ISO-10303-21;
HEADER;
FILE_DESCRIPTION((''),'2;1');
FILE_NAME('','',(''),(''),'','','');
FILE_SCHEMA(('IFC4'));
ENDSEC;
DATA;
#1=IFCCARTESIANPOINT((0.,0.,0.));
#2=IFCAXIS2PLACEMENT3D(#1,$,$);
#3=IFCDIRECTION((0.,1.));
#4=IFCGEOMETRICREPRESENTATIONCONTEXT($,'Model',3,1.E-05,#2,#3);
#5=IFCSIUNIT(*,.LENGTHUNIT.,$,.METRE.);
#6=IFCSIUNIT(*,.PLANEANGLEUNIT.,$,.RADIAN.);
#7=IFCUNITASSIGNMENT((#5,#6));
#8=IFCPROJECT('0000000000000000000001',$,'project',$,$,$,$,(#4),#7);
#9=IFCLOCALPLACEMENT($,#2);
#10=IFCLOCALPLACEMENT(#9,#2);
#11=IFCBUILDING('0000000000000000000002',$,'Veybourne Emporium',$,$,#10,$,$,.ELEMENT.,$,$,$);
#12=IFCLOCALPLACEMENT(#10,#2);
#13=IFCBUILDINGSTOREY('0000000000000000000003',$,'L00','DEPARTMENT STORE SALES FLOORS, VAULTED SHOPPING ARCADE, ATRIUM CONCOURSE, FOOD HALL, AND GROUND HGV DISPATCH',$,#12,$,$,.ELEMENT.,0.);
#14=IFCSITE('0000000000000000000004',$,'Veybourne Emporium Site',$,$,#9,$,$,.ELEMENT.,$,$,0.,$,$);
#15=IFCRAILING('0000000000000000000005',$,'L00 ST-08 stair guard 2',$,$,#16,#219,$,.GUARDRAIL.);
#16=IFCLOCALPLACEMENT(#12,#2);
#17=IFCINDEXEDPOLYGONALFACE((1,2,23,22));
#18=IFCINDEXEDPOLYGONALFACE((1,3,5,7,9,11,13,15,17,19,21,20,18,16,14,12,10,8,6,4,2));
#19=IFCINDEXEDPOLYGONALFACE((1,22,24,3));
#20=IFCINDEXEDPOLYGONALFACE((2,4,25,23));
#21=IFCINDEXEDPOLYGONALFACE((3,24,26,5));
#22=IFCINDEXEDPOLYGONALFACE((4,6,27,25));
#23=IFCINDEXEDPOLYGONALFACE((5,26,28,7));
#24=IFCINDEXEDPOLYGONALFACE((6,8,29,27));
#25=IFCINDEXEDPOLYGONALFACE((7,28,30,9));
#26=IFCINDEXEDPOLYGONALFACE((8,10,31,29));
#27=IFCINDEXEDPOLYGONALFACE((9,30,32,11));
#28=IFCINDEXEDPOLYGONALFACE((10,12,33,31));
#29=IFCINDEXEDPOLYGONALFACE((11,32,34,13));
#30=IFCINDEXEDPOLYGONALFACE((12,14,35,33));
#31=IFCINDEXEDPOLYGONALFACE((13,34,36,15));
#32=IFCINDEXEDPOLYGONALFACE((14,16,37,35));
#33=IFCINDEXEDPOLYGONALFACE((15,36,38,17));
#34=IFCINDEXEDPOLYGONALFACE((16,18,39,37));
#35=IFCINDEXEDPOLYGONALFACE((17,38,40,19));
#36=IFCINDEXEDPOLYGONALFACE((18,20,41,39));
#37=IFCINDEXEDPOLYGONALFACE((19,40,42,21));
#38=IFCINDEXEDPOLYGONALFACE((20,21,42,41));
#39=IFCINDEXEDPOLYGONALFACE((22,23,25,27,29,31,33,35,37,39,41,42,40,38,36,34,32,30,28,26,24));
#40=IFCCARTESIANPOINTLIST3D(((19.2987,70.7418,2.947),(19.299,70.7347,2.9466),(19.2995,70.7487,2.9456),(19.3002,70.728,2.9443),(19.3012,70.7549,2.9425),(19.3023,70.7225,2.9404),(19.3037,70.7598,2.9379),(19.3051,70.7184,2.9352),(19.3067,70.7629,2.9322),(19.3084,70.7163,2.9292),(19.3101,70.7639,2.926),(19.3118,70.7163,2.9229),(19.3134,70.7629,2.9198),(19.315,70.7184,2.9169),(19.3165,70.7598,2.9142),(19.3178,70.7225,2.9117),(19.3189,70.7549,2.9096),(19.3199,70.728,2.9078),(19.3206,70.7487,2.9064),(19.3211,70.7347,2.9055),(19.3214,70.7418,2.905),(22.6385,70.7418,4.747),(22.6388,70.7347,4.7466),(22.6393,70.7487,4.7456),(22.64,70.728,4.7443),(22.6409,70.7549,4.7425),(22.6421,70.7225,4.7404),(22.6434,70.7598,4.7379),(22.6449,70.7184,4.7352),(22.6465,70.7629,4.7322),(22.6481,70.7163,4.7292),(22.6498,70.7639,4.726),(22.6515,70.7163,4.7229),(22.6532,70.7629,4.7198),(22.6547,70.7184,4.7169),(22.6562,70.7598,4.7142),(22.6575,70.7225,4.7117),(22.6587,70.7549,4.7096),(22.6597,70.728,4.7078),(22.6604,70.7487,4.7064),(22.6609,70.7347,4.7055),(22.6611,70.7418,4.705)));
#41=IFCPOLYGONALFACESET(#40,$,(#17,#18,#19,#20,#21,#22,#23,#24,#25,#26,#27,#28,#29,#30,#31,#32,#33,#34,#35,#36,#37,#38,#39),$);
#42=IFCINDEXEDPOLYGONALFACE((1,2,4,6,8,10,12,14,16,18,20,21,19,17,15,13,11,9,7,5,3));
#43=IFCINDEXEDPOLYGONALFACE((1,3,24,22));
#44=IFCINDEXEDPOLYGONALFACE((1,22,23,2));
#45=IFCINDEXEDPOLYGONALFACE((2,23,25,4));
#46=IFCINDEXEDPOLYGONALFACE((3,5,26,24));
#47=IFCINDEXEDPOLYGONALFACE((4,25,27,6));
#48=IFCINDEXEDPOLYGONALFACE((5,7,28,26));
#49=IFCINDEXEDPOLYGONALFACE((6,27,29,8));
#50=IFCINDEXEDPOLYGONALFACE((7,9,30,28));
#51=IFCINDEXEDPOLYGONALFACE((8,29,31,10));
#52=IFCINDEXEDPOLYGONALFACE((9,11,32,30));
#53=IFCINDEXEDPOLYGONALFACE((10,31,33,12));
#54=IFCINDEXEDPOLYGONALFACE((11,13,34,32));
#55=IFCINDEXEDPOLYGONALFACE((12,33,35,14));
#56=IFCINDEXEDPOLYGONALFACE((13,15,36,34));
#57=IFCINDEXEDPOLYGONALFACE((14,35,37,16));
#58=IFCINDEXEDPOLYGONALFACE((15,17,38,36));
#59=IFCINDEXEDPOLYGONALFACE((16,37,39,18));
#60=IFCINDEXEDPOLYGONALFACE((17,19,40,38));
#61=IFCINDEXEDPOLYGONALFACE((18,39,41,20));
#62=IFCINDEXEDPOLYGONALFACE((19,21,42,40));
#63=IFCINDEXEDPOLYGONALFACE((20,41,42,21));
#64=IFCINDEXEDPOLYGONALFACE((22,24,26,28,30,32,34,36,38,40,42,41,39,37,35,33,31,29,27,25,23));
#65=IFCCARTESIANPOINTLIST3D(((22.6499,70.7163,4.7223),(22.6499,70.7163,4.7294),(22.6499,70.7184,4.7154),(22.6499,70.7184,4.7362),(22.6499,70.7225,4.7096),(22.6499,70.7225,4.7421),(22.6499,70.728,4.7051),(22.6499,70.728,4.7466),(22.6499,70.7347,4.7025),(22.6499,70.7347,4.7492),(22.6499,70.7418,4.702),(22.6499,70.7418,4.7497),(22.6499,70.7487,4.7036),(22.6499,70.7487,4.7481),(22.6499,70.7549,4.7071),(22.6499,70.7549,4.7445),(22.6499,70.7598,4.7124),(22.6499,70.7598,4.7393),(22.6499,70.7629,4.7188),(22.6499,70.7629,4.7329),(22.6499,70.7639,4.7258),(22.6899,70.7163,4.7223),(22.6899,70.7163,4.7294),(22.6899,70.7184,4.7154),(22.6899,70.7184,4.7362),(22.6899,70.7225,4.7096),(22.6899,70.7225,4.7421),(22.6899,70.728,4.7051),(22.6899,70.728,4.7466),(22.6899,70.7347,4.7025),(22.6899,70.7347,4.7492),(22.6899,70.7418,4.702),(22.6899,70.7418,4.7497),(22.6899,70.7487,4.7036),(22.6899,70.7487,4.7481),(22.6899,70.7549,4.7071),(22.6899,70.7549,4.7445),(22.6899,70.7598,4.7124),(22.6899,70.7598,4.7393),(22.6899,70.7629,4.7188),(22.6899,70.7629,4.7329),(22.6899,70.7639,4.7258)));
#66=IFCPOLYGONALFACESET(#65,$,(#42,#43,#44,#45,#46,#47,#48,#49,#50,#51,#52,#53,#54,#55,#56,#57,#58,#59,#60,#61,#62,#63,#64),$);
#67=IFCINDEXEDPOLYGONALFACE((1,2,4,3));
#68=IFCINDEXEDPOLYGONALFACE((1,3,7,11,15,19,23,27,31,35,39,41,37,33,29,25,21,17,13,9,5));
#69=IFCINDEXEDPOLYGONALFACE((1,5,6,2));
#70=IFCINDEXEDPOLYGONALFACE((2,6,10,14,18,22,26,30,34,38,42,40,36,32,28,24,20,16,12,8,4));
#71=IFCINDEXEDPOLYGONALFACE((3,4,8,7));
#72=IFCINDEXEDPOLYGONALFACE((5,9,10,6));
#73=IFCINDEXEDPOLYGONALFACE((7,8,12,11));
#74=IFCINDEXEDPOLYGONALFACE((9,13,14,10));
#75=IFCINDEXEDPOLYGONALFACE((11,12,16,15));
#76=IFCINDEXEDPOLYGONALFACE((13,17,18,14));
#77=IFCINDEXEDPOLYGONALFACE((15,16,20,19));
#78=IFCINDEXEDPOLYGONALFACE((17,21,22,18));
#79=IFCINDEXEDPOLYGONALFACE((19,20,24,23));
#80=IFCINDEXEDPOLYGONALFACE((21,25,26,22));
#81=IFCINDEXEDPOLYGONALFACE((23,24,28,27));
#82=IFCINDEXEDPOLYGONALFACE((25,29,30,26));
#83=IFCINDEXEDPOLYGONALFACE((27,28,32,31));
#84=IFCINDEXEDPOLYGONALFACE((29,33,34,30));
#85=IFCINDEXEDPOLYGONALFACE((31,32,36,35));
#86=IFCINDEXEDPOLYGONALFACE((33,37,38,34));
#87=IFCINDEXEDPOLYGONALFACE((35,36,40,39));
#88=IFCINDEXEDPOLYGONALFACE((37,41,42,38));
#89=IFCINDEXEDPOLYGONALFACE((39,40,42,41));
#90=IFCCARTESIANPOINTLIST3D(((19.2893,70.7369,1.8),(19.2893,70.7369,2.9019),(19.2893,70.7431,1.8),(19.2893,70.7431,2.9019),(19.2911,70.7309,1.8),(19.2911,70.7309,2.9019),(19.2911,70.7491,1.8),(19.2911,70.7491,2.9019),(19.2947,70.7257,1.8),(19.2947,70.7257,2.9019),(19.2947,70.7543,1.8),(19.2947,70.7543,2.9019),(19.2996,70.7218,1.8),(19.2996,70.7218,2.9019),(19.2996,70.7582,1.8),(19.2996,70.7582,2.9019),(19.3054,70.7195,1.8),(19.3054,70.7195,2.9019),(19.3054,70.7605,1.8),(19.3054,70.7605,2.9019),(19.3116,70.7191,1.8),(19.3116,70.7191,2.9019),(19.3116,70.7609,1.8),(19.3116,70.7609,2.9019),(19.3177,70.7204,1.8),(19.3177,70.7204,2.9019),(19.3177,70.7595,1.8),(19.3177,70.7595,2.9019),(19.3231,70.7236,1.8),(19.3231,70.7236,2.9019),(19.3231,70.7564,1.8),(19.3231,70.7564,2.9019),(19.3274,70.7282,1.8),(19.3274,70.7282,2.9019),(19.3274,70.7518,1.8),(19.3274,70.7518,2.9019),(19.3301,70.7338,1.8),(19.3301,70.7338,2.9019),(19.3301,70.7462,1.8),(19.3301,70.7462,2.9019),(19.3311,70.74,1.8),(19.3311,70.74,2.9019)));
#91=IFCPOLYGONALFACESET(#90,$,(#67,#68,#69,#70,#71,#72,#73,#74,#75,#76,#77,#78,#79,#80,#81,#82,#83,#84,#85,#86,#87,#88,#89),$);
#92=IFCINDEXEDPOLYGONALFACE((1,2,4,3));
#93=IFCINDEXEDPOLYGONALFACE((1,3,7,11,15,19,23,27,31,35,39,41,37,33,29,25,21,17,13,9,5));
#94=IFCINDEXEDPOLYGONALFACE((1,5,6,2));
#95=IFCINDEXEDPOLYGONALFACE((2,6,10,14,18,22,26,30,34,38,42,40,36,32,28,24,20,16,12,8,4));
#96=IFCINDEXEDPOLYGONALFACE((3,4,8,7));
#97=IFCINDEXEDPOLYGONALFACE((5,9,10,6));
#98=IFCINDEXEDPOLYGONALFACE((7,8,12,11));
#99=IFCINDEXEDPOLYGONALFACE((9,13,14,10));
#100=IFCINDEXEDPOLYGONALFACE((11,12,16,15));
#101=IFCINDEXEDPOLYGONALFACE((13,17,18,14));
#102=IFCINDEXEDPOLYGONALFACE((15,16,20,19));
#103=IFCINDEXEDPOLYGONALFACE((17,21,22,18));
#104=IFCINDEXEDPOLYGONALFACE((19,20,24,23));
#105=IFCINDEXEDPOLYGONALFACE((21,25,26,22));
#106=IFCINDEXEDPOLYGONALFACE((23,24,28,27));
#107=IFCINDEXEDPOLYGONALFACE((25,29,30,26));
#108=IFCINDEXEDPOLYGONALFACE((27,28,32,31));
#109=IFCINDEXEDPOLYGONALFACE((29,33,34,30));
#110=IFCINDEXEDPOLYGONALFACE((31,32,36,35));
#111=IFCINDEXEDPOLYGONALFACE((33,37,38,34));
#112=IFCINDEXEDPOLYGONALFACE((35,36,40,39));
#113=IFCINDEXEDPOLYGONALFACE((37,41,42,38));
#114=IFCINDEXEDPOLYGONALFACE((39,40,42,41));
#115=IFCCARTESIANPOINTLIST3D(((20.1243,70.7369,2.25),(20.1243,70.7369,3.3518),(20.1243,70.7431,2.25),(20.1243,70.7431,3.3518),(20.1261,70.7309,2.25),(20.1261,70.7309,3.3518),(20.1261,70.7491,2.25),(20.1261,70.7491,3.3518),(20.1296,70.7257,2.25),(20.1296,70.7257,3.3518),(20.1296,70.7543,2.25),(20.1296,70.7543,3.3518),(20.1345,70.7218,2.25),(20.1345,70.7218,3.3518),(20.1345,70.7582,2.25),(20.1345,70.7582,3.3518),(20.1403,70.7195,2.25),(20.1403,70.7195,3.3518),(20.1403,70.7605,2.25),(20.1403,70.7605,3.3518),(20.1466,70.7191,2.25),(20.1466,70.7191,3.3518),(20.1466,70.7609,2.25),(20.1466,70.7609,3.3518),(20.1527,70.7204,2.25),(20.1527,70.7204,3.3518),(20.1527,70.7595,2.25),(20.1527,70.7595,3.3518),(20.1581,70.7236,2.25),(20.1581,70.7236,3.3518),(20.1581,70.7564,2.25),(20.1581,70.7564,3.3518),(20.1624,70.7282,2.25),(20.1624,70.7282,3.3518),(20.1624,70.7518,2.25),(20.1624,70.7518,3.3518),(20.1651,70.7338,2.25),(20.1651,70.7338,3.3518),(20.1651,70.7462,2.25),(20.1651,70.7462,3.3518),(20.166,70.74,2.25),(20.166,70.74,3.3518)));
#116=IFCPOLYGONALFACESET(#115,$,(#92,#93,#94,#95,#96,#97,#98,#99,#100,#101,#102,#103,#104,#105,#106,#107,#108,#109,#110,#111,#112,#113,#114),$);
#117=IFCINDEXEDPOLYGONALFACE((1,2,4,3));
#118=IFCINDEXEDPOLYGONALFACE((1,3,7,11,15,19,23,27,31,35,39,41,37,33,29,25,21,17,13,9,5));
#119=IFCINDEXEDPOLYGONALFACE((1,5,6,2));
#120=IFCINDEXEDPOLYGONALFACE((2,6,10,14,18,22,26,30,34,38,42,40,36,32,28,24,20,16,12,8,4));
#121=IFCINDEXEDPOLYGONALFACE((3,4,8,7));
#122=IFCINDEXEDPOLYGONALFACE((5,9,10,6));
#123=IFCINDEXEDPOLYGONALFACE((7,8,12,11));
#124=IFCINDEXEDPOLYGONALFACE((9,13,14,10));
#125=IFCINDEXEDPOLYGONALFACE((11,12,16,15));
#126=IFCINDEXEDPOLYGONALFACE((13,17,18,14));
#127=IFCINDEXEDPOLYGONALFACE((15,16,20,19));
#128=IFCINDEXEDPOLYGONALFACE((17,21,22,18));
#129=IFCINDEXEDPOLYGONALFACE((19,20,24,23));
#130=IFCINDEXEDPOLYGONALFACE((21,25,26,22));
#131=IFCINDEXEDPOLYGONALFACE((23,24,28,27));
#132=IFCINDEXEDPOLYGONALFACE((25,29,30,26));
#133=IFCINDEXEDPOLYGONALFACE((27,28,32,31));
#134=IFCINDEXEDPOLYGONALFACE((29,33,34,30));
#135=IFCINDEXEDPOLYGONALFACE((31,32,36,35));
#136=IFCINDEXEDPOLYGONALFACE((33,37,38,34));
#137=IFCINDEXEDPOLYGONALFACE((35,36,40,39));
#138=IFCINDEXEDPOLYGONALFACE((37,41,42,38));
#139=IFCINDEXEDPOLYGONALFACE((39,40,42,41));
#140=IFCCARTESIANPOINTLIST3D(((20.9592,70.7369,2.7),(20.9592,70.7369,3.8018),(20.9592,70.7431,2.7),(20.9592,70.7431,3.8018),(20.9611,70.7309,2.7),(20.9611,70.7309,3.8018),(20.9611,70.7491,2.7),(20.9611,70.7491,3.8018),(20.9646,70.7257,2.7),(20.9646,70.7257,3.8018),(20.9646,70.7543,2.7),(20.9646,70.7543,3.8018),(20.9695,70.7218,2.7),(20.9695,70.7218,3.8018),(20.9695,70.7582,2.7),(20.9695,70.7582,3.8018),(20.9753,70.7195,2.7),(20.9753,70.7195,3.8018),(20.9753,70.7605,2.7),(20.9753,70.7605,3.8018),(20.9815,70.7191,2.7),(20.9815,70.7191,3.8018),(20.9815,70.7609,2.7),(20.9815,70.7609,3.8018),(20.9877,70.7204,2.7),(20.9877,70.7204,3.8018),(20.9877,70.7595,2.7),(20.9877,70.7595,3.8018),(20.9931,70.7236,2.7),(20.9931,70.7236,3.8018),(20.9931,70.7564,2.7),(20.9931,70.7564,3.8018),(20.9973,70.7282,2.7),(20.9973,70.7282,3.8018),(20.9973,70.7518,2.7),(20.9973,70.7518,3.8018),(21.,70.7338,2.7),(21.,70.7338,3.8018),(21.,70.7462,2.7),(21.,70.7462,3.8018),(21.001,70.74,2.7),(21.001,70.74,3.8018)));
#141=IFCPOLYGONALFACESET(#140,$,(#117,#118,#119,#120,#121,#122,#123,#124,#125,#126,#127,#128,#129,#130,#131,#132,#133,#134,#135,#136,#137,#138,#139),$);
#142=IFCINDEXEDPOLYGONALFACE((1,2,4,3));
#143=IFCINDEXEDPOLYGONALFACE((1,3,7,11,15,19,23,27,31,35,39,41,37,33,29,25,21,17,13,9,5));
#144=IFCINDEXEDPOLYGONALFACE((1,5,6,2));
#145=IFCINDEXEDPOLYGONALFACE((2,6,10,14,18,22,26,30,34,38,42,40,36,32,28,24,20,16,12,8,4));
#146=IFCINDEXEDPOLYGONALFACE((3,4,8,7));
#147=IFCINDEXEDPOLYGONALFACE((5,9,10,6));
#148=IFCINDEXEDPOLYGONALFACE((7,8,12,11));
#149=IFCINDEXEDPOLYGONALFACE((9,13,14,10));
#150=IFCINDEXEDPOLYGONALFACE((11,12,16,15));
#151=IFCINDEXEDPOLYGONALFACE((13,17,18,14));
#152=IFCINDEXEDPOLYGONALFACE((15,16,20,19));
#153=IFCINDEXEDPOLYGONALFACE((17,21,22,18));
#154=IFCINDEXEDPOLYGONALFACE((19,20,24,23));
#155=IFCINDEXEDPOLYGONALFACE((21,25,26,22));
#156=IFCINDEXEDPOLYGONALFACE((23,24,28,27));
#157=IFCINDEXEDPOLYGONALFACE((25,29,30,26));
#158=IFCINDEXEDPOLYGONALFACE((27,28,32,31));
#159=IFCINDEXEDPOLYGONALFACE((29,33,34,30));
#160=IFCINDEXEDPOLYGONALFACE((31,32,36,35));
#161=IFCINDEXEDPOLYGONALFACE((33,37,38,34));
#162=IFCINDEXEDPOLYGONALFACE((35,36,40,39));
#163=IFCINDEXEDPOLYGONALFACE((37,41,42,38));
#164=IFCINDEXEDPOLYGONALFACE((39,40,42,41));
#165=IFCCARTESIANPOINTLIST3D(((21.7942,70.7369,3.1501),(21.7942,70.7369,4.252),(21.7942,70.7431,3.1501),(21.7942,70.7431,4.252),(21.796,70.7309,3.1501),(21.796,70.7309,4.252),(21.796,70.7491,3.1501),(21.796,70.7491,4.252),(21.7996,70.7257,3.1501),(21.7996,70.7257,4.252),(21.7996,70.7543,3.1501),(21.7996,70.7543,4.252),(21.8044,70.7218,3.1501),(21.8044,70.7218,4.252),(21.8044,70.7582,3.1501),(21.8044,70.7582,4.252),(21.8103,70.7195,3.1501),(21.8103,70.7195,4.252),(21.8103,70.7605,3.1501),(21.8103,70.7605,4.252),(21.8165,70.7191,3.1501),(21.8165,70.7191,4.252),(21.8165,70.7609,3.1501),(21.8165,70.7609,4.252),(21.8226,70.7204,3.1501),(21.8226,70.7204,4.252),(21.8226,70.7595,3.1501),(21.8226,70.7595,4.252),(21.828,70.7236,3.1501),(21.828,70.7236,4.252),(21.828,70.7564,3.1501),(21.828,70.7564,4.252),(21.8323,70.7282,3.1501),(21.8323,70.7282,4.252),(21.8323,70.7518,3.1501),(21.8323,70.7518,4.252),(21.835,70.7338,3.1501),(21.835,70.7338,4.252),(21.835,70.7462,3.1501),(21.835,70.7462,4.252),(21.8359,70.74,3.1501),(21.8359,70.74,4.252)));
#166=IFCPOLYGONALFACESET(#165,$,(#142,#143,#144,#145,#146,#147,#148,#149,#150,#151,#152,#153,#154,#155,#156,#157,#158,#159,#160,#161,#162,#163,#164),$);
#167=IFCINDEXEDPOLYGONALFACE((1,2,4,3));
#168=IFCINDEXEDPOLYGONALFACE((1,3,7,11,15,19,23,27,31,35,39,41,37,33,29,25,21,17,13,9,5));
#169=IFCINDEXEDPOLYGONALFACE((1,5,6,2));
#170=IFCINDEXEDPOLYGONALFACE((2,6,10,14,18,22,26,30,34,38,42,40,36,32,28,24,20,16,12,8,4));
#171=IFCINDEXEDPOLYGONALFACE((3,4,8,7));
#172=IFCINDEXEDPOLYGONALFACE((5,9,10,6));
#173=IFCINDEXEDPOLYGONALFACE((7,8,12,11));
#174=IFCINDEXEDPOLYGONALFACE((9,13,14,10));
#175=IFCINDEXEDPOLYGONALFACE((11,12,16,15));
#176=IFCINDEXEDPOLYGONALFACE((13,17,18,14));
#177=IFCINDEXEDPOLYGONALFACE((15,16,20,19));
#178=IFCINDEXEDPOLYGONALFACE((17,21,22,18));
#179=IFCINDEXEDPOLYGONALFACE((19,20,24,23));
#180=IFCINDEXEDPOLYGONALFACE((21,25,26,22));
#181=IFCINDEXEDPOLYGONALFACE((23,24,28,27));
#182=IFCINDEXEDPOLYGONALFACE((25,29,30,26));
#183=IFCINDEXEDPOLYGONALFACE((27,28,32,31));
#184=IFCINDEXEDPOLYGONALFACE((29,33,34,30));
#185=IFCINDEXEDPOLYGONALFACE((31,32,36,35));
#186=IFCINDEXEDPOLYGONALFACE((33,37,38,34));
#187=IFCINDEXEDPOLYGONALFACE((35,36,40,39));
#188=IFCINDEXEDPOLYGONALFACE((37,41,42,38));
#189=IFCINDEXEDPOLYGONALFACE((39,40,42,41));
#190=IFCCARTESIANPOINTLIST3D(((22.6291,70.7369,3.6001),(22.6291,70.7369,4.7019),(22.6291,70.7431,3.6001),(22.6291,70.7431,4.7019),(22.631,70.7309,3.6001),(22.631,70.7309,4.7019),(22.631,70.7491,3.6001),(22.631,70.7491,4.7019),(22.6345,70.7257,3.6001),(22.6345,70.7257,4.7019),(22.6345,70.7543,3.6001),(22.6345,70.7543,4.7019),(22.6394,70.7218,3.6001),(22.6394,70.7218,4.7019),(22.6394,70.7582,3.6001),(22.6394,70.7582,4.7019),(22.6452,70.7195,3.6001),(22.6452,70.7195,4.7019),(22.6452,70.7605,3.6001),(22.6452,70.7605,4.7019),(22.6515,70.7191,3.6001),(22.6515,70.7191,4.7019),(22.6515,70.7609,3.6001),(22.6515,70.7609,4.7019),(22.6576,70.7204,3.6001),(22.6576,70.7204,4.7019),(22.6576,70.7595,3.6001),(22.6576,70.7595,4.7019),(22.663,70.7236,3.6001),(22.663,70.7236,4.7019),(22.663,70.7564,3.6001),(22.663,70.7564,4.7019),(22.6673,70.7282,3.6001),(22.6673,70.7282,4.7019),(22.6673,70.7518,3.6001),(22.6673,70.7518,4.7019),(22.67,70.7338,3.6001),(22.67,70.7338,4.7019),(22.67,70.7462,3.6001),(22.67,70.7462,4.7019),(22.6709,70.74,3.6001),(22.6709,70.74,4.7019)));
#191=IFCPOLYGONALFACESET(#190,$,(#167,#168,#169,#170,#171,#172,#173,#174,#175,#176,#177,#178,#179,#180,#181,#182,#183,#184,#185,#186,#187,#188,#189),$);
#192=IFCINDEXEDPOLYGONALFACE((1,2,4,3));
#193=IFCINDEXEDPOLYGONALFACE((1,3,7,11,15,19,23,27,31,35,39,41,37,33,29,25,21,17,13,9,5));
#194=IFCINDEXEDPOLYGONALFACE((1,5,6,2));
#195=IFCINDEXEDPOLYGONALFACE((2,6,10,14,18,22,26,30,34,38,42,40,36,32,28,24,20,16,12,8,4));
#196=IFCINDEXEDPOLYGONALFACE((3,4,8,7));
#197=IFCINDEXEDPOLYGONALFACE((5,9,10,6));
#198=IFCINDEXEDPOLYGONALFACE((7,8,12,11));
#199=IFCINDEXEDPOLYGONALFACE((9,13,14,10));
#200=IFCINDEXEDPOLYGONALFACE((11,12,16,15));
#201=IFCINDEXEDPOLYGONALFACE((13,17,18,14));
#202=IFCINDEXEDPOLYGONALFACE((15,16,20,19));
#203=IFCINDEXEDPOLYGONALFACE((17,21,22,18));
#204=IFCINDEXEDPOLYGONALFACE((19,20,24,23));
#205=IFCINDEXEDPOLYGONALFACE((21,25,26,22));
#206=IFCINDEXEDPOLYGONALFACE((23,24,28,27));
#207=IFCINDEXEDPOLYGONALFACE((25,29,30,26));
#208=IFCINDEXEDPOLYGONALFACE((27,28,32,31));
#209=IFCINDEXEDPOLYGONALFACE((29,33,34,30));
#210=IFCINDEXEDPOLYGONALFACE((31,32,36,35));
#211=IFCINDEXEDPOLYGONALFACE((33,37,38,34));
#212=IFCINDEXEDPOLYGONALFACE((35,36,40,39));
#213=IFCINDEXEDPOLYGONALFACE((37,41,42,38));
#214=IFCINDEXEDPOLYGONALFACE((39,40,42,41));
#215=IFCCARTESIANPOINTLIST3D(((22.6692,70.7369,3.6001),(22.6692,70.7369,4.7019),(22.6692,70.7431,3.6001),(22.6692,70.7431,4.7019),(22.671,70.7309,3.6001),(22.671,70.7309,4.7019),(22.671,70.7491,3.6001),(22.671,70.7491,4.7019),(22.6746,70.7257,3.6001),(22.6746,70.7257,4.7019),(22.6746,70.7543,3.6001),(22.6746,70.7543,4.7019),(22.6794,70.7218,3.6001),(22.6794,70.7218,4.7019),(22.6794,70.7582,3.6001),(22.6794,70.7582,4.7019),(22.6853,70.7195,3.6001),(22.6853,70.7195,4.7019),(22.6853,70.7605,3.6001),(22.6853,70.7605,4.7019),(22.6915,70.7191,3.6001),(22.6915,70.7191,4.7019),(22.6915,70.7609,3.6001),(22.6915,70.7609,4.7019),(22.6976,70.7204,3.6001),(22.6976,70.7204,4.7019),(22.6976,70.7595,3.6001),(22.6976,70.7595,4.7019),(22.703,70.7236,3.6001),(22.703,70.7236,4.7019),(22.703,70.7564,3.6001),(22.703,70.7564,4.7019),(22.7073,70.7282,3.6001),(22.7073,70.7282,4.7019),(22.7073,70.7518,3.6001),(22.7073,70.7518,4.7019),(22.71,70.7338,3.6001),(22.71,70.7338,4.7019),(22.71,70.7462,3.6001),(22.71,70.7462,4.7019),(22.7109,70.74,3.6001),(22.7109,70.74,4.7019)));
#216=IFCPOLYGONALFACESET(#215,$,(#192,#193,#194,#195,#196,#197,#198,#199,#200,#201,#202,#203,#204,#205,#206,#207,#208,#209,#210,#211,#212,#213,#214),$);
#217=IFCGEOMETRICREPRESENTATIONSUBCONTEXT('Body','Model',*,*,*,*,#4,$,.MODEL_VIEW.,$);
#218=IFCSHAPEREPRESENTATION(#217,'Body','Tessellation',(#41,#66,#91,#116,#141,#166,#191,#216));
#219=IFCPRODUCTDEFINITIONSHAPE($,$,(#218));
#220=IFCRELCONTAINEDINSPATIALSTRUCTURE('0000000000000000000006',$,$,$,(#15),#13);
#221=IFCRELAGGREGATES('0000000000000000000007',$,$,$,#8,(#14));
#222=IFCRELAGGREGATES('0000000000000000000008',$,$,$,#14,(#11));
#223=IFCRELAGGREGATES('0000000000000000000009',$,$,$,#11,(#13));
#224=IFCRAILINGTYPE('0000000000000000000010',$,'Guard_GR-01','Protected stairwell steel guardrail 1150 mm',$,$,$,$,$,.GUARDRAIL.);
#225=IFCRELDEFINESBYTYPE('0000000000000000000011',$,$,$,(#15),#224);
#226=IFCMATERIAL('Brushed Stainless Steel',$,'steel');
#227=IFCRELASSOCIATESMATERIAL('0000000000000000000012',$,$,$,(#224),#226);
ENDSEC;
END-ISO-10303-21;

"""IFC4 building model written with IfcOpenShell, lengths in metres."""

from ifc_helpers import new_model, si_unit, direction, frame, origin, origin_2d, place, context, subcontext, project, spatial, circle, extrude, material, type_object, element, save


model = new_model("IFC4")

# Units and contexts
model_context = context("Model", 3, precision=1e-05, world=origin(), true_north=direction((0.0, 1.0)))
body_context = subcontext(model_context, "Body", "Model", "MODEL_VIEW")
ifc_project = project(units=[si_unit("LENGTHUNIT", "METRE"), si_unit("PLANEANGLEUNIT", "RADIAN")], contexts=[model_context])

# Site, building, storey
site_placement = place(None, origin())
site = spatial("IfcSite", under=ifc_project, at=site_placement, Name="Veybourne Emporium Site", CompositionType="ELEMENT", RefElevation=0.0)
building_placement = place(site_placement, origin())
building = spatial("IfcBuilding", under=site, at=building_placement, Name="Veybourne Emporium", CompositionType="ELEMENT")
storey_placement = place(building_placement, origin())
storey = spatial("IfcBuildingStorey", under=building, at=storey_placement, Name="L00", Description="DEPARTMENT STORE SALES FLOORS, VAULTED SHOPPING ARCADE, ATRIUM CONCOURSE, FOOD HALL, AND GROUND HGV DISPATCH", CompositionType="ELEMENT", Elevation=0.0)

# Railing
ifc_material_1 = material(Name="Brushed Stainless Steel", Category="steel")
railing_type_1 = type_object("IfcRailingType", Name="Guard_GR-01", Description="Protected stairwell steel guardrail 1150 mm", PredefinedType="GUARDRAIL", material=ifc_material_1)
railing_1_placement = place(storey_placement, frame((19.3101, 70.74, 1.8)))
element("IfcRailing", 1, at=railing_1_placement, inside=storey, type_object=railing_type_1, Name="L00 ST-08 stair guard 2", PredefinedType="GUARDRAIL", context=body_context, shape_type="SweptSolid", body=[
    extrude(circle(Radius=0.0239, at=origin_2d()), frame((0.0, 0.0, 1.126), z_axis=(0.880287, 0.0, 0.474441), x_axis=(0.0, 1.0, 0.0)), (0.0, 0.0, 1.0), 3.7939),
    extrude(circle(Radius=0.0239, at=origin_2d()), frame((3.3398, 0.0, 2.9258), z_axis=(1.0, 0.0, 0.0), x_axis=(0.0, 1.0, 0.0)), (0.0, 0.0, 1.0), 0.04),
    extrude(circle(Radius=0.021, at=origin_2d()), origin(), (0.0, 0.0, 1.0), 1.1018),
    extrude(circle(Radius=0.021, at=origin_2d()), frame((0.835, 0.0, 0.45)), (0.0, 0.0, 1.0), 1.1018),
    extrude(circle(Radius=0.021, at=origin_2d()), frame((1.6699, 0.0, 0.8999)), (0.0, 0.0, 1.0), 1.1018),
    extrude(circle(Radius=0.021, at=origin_2d()), frame((2.5049, 0.0, 1.3501)), (0.0, 0.0, 1.0), 1.1018),
    extrude(circle(Radius=0.021, at=origin_2d()), frame((3.3398, 0.0, 1.8)), (0.0, 0.0, 1.0), 1.1018),
    extrude(circle(Radius=0.021, at=origin_2d()), frame((3.3799, 0.0, 1.8)), (0.0, 0.0, 1.0), 1.1018),
])

save(model, "model.ifc")
